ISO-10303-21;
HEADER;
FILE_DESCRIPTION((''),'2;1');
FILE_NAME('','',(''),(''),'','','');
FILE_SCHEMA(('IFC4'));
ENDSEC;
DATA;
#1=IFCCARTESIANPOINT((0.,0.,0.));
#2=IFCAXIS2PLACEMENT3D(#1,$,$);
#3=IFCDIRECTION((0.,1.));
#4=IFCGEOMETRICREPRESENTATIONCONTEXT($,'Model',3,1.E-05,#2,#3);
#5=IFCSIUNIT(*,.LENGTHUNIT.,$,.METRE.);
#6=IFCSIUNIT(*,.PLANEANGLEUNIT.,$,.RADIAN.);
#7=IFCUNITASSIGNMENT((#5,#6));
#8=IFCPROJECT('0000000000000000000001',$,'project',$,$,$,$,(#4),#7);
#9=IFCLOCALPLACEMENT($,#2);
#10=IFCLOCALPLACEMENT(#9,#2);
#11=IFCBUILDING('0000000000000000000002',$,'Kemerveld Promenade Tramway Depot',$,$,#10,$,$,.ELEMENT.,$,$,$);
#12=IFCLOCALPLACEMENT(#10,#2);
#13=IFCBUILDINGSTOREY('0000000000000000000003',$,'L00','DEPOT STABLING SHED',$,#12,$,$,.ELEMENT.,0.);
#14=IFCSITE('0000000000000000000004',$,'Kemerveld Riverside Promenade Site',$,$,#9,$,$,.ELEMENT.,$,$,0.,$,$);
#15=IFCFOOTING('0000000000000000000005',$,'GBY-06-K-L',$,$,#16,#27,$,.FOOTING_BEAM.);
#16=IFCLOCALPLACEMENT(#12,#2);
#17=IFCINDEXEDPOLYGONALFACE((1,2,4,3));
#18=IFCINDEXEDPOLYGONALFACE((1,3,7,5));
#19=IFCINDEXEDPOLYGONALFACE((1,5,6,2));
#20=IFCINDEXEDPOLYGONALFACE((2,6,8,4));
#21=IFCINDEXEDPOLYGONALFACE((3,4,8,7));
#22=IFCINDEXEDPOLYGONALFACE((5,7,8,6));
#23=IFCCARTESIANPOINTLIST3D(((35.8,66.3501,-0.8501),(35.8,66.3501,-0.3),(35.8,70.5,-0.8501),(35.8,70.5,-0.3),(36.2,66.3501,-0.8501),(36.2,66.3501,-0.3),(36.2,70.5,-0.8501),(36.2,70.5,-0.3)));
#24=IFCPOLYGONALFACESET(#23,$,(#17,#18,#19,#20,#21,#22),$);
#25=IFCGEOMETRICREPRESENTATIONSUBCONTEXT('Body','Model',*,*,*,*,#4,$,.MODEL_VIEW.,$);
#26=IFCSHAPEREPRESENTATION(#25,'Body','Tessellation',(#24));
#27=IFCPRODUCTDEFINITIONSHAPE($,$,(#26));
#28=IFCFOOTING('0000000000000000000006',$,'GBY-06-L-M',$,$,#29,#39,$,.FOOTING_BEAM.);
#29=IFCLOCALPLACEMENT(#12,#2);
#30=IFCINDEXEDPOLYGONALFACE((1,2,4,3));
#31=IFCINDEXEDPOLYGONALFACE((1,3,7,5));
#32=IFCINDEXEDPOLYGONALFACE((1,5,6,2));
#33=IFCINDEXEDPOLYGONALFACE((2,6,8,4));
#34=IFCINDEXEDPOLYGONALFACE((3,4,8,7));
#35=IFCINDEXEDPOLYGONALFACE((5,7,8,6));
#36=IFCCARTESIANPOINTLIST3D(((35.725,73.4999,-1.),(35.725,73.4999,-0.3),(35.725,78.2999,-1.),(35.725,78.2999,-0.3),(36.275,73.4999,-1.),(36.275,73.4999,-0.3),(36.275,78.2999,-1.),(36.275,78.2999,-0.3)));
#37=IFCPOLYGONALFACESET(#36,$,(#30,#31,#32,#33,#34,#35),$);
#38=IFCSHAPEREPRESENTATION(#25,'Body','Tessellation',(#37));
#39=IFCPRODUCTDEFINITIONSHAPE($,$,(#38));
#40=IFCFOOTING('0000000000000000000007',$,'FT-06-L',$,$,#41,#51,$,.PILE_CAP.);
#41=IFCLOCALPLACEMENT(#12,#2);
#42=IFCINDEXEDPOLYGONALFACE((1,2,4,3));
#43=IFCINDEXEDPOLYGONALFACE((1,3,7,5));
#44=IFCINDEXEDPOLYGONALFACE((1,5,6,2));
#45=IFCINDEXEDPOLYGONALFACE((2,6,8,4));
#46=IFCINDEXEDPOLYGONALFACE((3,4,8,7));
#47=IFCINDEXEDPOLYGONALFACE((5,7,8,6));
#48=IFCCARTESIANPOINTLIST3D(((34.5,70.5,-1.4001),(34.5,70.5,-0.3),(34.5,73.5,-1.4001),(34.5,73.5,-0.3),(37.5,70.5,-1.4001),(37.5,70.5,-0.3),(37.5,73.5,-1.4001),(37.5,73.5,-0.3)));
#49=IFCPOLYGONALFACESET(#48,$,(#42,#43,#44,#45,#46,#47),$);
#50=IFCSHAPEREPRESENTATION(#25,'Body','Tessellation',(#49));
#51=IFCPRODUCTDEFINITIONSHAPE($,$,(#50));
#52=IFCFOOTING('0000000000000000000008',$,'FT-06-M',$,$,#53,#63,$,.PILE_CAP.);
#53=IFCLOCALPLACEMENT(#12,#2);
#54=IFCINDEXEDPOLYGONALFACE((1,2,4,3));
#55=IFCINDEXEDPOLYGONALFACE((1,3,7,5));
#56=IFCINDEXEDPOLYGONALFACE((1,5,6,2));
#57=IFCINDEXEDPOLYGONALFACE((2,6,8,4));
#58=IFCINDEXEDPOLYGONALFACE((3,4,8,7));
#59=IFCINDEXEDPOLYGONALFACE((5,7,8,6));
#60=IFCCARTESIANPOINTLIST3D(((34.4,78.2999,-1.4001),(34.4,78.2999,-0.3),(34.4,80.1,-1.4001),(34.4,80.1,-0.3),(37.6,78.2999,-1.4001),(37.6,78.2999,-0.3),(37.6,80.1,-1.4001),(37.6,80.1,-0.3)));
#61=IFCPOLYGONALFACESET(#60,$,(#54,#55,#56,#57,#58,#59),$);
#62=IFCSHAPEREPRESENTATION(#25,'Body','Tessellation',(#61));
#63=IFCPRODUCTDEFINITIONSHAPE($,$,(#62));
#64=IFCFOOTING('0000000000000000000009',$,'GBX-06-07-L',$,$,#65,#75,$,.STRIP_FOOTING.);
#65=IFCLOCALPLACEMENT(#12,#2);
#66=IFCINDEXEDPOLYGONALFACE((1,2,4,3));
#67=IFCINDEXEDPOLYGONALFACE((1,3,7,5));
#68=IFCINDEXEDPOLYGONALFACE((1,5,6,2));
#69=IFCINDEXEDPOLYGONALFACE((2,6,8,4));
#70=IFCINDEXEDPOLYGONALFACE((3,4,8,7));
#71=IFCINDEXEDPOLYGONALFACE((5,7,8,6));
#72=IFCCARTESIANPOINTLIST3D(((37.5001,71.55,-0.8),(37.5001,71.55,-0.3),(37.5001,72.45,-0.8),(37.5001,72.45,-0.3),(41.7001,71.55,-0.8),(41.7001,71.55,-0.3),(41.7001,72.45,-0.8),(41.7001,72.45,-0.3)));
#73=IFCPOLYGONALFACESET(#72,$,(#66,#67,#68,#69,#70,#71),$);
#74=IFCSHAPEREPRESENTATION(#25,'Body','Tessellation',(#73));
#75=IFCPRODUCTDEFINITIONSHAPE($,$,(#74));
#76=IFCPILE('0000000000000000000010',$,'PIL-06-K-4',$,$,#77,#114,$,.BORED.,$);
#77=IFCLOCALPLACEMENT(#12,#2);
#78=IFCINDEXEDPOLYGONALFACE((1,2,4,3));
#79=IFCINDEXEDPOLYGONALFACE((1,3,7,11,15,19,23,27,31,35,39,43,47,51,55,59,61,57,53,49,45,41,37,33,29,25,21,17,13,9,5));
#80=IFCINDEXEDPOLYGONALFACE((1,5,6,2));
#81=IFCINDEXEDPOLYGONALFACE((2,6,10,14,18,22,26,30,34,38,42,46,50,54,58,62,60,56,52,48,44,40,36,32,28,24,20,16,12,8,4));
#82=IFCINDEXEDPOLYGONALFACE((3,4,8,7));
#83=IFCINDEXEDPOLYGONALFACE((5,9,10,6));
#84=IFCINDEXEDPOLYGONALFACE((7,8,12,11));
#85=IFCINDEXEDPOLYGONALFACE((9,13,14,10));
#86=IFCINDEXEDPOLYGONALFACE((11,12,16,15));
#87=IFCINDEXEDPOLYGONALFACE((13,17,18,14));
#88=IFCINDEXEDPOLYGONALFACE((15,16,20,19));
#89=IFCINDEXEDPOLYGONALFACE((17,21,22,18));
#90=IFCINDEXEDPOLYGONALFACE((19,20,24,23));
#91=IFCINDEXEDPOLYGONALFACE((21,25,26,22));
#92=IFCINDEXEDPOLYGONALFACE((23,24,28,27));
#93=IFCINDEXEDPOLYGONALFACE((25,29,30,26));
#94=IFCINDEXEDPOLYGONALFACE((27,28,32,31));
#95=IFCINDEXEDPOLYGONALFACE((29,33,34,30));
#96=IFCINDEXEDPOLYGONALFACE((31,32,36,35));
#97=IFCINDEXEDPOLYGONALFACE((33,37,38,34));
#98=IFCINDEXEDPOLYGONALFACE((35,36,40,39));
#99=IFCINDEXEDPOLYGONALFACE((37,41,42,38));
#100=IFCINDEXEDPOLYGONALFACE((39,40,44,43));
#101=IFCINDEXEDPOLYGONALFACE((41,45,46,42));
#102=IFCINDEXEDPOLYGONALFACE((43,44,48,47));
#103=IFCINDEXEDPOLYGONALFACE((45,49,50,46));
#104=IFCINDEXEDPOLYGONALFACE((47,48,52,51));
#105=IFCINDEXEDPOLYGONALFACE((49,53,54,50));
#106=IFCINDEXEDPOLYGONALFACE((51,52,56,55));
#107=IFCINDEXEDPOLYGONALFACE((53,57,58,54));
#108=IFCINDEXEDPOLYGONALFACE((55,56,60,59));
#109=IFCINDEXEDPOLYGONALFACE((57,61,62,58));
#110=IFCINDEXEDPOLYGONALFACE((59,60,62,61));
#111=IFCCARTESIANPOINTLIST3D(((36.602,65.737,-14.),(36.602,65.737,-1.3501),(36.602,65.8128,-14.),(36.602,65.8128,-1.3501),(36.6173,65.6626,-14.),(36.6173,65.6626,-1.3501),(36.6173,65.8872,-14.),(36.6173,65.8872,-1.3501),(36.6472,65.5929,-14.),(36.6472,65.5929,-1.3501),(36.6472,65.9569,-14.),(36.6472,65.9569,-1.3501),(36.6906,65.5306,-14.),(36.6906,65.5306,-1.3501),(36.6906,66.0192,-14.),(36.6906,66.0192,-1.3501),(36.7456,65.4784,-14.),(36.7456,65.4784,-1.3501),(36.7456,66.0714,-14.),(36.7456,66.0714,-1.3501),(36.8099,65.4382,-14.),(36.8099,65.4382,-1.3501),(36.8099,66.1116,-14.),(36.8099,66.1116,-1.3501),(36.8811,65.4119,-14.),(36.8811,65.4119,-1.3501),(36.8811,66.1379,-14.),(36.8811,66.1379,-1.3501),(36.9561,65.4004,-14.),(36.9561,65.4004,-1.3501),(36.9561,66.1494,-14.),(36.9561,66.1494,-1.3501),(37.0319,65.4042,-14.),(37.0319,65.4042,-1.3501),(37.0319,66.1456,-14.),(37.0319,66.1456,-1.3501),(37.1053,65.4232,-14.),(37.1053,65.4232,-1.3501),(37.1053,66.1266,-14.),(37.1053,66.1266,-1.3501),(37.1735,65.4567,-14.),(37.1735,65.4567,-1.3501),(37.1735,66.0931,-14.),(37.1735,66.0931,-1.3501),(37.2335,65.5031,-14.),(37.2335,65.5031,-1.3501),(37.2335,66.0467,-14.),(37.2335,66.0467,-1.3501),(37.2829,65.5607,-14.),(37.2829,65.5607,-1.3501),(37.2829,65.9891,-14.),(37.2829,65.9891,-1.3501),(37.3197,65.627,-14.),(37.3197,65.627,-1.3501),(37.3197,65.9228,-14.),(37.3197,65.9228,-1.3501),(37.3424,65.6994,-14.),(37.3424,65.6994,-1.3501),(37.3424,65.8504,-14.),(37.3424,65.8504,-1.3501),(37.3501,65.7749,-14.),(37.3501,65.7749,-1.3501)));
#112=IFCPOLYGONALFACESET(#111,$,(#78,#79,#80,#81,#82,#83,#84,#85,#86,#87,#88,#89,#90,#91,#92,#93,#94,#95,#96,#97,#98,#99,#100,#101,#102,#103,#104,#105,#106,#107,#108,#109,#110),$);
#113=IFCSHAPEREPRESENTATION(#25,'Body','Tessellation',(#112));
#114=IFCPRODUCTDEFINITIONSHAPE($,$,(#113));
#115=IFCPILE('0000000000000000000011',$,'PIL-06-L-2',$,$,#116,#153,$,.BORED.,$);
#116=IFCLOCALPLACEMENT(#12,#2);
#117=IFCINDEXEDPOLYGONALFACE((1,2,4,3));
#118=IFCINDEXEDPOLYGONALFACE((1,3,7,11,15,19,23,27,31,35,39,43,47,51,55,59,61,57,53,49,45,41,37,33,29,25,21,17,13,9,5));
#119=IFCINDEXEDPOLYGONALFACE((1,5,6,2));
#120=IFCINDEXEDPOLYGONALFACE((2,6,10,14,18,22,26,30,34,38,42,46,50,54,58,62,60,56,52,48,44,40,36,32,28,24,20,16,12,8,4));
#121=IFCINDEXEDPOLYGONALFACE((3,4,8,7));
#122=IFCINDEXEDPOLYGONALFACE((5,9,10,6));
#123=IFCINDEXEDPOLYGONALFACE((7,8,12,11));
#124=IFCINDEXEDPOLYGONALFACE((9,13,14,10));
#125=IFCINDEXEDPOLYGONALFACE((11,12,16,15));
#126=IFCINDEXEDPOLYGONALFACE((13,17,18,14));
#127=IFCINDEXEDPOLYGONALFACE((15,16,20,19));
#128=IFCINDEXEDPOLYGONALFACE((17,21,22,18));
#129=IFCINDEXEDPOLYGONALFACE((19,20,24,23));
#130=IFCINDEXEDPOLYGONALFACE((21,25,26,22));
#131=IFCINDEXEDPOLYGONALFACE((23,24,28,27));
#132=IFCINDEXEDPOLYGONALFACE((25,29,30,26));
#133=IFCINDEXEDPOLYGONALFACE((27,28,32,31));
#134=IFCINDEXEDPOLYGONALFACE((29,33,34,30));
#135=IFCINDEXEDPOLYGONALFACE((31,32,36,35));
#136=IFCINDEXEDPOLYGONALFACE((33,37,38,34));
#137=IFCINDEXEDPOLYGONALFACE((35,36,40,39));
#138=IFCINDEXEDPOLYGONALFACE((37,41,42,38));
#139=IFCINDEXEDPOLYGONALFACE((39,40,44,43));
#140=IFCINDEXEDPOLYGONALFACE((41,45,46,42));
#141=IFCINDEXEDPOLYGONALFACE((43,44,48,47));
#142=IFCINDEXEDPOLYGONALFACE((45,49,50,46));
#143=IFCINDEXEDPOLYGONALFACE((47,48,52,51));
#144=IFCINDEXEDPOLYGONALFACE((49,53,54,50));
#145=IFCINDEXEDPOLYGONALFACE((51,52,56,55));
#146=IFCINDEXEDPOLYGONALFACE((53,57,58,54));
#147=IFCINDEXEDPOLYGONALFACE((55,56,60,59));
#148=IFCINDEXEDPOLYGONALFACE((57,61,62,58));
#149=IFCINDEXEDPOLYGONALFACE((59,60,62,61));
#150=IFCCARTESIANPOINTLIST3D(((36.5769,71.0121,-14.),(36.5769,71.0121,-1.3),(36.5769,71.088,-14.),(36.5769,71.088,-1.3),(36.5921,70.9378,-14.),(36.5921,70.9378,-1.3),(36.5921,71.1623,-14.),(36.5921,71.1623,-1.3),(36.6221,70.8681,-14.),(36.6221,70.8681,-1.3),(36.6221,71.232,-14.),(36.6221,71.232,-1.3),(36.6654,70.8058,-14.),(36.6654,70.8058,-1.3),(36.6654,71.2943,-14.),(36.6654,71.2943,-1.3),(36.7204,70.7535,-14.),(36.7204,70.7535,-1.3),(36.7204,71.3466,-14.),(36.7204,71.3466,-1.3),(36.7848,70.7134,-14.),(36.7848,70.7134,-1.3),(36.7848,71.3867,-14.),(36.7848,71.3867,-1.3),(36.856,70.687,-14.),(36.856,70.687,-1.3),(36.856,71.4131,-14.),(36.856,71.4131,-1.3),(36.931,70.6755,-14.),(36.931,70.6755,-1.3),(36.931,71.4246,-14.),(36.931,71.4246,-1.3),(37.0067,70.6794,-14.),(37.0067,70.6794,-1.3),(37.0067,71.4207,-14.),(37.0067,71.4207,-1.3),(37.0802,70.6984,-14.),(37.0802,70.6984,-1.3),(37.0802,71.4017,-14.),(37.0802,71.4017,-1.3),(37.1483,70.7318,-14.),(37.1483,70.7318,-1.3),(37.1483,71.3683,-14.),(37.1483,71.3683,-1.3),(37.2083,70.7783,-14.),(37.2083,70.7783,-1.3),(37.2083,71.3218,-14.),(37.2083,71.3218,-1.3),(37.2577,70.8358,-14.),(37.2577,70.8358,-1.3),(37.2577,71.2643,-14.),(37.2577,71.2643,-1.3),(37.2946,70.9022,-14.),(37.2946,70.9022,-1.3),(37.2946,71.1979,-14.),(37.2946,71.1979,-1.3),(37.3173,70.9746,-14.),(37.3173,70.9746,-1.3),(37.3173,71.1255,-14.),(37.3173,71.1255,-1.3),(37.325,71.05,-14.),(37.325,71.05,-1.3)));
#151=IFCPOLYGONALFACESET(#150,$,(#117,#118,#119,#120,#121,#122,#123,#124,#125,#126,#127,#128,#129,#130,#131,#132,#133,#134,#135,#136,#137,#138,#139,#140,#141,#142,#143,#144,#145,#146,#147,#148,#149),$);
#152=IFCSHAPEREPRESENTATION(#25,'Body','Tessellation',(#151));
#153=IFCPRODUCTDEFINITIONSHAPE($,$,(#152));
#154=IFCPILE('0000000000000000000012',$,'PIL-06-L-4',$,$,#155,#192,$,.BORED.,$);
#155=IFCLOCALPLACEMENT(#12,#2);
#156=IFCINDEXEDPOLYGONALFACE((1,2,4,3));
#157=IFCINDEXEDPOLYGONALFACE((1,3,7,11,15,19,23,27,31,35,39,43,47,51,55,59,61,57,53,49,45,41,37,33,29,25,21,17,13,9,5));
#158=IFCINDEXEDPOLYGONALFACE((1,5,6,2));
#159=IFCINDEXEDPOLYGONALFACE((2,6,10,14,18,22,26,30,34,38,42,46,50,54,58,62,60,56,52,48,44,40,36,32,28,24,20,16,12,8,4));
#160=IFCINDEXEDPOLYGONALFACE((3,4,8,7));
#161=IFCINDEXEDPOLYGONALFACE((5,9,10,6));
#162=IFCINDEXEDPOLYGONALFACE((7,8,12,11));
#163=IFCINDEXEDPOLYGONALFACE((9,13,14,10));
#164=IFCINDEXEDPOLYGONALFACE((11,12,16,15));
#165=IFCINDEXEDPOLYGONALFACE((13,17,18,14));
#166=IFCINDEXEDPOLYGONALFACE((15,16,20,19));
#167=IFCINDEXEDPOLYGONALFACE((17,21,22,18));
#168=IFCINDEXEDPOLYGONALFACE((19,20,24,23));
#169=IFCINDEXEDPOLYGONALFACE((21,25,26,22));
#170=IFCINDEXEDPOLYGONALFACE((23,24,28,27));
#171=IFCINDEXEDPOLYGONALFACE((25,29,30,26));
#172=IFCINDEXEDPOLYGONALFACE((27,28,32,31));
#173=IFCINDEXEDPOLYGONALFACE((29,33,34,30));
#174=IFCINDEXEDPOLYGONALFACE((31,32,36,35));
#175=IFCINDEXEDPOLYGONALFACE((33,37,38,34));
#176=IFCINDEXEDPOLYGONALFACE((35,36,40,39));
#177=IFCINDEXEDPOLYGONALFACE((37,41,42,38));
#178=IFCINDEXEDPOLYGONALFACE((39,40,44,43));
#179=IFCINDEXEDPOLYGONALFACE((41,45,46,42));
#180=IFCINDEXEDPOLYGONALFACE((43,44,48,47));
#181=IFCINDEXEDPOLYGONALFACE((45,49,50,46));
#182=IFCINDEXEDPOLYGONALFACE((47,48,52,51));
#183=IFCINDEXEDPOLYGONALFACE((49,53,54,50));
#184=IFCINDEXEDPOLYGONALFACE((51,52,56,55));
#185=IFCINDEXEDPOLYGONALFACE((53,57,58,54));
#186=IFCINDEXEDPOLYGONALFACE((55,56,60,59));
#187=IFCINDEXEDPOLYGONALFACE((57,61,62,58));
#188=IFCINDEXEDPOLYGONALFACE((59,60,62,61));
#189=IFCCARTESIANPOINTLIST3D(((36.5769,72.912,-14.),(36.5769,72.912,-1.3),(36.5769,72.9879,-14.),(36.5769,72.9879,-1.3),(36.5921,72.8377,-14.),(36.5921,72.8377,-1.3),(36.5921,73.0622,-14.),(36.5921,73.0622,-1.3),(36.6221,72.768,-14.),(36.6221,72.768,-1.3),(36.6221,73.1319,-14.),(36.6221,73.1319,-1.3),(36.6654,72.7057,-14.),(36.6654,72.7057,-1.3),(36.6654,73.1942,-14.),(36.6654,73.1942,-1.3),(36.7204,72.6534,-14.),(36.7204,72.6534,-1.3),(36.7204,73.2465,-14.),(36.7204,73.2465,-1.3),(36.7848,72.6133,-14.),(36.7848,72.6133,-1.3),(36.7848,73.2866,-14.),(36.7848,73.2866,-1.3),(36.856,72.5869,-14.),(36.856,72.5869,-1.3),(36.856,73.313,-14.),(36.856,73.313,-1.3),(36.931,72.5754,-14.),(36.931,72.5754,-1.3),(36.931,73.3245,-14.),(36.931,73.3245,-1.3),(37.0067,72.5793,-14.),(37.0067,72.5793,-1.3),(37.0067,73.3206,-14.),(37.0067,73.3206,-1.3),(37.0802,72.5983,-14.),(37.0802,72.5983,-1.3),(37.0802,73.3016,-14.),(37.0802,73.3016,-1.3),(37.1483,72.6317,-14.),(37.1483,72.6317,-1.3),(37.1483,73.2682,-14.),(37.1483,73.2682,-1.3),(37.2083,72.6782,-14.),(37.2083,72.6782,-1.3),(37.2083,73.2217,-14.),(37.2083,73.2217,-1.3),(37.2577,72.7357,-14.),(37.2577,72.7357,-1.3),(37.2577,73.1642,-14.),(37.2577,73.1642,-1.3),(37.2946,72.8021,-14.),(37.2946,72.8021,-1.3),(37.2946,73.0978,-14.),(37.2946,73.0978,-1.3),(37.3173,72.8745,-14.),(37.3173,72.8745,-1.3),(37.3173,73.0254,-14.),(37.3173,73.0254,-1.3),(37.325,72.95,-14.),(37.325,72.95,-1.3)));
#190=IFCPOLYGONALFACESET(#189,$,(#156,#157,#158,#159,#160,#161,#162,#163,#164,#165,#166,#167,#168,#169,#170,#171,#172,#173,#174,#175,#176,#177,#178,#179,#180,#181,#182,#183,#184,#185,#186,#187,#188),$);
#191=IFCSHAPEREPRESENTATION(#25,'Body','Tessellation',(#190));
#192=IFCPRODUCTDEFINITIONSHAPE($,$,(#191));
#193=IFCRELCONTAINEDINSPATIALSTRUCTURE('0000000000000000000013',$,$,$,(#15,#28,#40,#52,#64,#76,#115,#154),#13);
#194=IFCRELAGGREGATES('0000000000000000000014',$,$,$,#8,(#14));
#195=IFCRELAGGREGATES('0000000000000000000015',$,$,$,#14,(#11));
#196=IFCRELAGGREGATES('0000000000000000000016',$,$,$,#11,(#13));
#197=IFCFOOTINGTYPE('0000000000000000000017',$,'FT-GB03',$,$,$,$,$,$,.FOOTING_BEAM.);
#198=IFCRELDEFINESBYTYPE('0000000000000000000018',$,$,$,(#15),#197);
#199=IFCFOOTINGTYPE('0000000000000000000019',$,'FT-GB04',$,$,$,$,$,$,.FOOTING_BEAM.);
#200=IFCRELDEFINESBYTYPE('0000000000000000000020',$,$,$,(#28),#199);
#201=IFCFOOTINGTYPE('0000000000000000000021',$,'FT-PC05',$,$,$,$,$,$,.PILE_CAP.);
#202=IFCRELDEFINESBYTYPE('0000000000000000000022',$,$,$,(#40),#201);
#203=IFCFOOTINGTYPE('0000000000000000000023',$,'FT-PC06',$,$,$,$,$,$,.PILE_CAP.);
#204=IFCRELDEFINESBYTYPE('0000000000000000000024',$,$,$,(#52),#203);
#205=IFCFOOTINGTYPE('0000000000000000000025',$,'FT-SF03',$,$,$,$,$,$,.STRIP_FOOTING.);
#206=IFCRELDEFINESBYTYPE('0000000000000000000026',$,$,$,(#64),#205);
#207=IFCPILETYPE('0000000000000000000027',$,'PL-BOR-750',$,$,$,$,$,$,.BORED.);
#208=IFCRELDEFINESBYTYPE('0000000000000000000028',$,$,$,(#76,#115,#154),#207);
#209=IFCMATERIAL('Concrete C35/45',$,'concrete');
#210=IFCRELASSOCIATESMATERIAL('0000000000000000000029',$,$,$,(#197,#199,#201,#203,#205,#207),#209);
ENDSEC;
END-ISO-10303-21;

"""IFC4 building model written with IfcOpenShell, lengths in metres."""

from ifc_helpers import new_model, si_unit, direction, frame, origin, origin_2d, place, context, subcontext, project, spatial, rectangle, circle, extrude, material, material_profile, profile_set, type_object, element, save


model = new_model("IFC4")

# Units and contexts
model_context = context("Model", 3, precision=1e-05, world=origin(), true_north=direction((0.0, 1.0)))
body_context = subcontext(model_context, "Body", "Model", "MODEL_VIEW")
ifc_project = project(units=[si_unit("LENGTHUNIT", "METRE"), si_unit("PLANEANGLEUNIT", "RADIAN")], contexts=[model_context])

# Site, building, storey
site_placement = place(None, origin())
site = spatial("IfcSite", under=ifc_project, at=site_placement, Name="Kemerveld Riverside Promenade Site", CompositionType="ELEMENT", RefElevation=0.0)
building_placement = place(site_placement, origin())
building = spatial("IfcBuilding", under=site, at=building_placement, Name="Kemerveld Promenade Tramway Depot", CompositionType="ELEMENT")
storey_placement = place(building_placement, origin())
storey = spatial("IfcBuildingStorey", under=building, at=storey_placement, Name="L00", Description="DEPOT STABLING SHED", CompositionType="ELEMENT", Elevation=0.0)

# Footings
ifc_material_1 = material(Name="Concrete C35/45", Category="concrete")
footing_type_1 = type_object("IfcFootingType", Name="FT-GB03", PredefinedType="FOOTING_BEAM", material=ifc_material_1)
footing_1_placement = place(storey_placement, frame((36.0, 68.425, -0.8501), z_axis=(0.0, 0.0, 1.0), x_axis=(0.0, 1.0, 0.0)))
element("IfcFooting", 1, at=footing_1_placement, inside=storey, type_object=footing_type_1, Name="GBY-06-K-L", PredefinedType="FOOTING_BEAM", context=body_context, shape_type="SweptSolid", body=[
    extrude(rectangle(XDim=4.1499, YDim=0.3999, at=origin_2d()), origin(), (0.0, 0.0, 1.0), 0.55),
])
footing_type_2 = type_object("IfcFootingType", Name="FT-GB04", PredefinedType="FOOTING_BEAM", material=ifc_material_1)
footing_2_placement = place(storey_placement, frame((36.0, 75.8999, -1.0), z_axis=(0.0, 0.0, 1.0), x_axis=(0.0, 1.0, 0.0)))
element("IfcFooting", 2, at=footing_2_placement, inside=storey, type_object=footing_type_2, Name="GBY-06-L-M", PredefinedType="FOOTING_BEAM", context=body_context, shape_type="SweptSolid", body=[
    extrude(rectangle(XDim=4.8, YDim=0.55, at=origin_2d()), origin(), (0.0, 0.0, 1.0), 0.7),
])
footing_type_3 = type_object("IfcFootingType", Name="FT-PC05", PredefinedType="PILE_CAP", material=ifc_material_1)
footing_3_placement = place(storey_placement, frame((36.0, 72.0, -1.4001), z_axis=(0.0, 0.0, 1.0), x_axis=(1.0, 0.0, 0.0)))
element("IfcFooting", 3, at=footing_3_placement, inside=storey, type_object=footing_type_3, Name="FT-06-L", PredefinedType="PILE_CAP", context=body_context, shape_type="SweptSolid", body=[
    extrude(rectangle(XDim=3.0, YDim=3.0, at=origin_2d()), origin(), (0.0, 0.0, 1.0), 1.1001),
])
footing_type_4 = type_object("IfcFootingType", Name="FT-PC06", PredefinedType="PILE_CAP", material=ifc_material_1)
footing_4_placement = place(storey_placement, frame((36.0, 79.2, -1.4001), z_axis=(0.0, 0.0, 1.0), x_axis=(1.0, 0.0, 0.0)))
element("IfcFooting", 4, at=footing_4_placement, inside=storey, type_object=footing_type_4, Name="FT-06-M", PredefinedType="PILE_CAP", context=body_context, shape_type="SweptSolid", body=[
    extrude(rectangle(XDim=3.2, YDim=1.8, at=origin_2d()), origin(), (0.0, 0.0, 1.0), 1.1001),
])
footing_type_5 = type_object("IfcFootingType", Name="FT-SF03", PredefinedType="STRIP_FOOTING", material=ifc_material_1)
footing_5_placement = place(storey_placement, frame((39.6001, 72.0, -0.8), z_axis=(0.0, 0.0, 1.0), x_axis=(1.0, 0.0, 0.0)))
element("IfcFooting", 5, at=footing_5_placement, inside=storey, type_object=footing_type_5, Name="GBX-06-07-L", PredefinedType="STRIP_FOOTING", context=body_context, shape_type="SweptSolid", body=[
    extrude(rectangle(XDim=4.2, YDim=0.8999, at=origin_2d()), origin(), (0.0, 0.0, 1.0), 0.5),
])

# Piles
ifc_material_profile_1 = material_profile(ifc_material_1, circle(Radius=0.375, at=origin_2d()), Name="PILE-D750")
ifc_profile_set_1 = profile_set([ifc_material_profile_1], Name="Concrete C35/45")
pile_type = type_object("IfcPileType", Name="PL-BOR-750", PredefinedType="BORED", material=ifc_profile_set_1)
pile_placement = place(storey_placement, frame((36.9751, 65.7749, -1.3501), z_axis=(0.0, 0.0, -1.0), x_axis=(1.0, 0.0, 0.0)))
element("IfcPile", 6, at=pile_placement, inside=storey, type_object=pile_type, Name="PIL-06-K-4", PredefinedType="BORED", context=body_context, shape_type="SweptSolid", body=[
    extrude(circle(Radius=0.375, at=origin_2d()), origin(), (0.0, 0.0, 1.0), 12.6499),
])
for number, where, z_axis, x_axis, name in (
    (7, (36.95, 71.05, -1.3), (0.0, 0.0, -1.0), (1.0, 0.0, 0.0), "PIL-06-L-2"),
    (8, (36.95, 72.95, -1.3), (0.0, 0.0, -1.0), (1.0, 0.0, 0.0), "PIL-06-L-4"),
):
    element("IfcPile", number, at=place(storey_placement, frame(where, z_axis=z_axis, x_axis=x_axis)), inside=storey, type_object=pile_type, Name=name, PredefinedType="BORED", context=body_context, shape_type="SweptSolid", body=[
        extrude(circle(Radius=0.375, at=origin_2d()), origin(), (0.0, 0.0, 1.0), 12.7),
    ])

save(model, "model.ifc")
